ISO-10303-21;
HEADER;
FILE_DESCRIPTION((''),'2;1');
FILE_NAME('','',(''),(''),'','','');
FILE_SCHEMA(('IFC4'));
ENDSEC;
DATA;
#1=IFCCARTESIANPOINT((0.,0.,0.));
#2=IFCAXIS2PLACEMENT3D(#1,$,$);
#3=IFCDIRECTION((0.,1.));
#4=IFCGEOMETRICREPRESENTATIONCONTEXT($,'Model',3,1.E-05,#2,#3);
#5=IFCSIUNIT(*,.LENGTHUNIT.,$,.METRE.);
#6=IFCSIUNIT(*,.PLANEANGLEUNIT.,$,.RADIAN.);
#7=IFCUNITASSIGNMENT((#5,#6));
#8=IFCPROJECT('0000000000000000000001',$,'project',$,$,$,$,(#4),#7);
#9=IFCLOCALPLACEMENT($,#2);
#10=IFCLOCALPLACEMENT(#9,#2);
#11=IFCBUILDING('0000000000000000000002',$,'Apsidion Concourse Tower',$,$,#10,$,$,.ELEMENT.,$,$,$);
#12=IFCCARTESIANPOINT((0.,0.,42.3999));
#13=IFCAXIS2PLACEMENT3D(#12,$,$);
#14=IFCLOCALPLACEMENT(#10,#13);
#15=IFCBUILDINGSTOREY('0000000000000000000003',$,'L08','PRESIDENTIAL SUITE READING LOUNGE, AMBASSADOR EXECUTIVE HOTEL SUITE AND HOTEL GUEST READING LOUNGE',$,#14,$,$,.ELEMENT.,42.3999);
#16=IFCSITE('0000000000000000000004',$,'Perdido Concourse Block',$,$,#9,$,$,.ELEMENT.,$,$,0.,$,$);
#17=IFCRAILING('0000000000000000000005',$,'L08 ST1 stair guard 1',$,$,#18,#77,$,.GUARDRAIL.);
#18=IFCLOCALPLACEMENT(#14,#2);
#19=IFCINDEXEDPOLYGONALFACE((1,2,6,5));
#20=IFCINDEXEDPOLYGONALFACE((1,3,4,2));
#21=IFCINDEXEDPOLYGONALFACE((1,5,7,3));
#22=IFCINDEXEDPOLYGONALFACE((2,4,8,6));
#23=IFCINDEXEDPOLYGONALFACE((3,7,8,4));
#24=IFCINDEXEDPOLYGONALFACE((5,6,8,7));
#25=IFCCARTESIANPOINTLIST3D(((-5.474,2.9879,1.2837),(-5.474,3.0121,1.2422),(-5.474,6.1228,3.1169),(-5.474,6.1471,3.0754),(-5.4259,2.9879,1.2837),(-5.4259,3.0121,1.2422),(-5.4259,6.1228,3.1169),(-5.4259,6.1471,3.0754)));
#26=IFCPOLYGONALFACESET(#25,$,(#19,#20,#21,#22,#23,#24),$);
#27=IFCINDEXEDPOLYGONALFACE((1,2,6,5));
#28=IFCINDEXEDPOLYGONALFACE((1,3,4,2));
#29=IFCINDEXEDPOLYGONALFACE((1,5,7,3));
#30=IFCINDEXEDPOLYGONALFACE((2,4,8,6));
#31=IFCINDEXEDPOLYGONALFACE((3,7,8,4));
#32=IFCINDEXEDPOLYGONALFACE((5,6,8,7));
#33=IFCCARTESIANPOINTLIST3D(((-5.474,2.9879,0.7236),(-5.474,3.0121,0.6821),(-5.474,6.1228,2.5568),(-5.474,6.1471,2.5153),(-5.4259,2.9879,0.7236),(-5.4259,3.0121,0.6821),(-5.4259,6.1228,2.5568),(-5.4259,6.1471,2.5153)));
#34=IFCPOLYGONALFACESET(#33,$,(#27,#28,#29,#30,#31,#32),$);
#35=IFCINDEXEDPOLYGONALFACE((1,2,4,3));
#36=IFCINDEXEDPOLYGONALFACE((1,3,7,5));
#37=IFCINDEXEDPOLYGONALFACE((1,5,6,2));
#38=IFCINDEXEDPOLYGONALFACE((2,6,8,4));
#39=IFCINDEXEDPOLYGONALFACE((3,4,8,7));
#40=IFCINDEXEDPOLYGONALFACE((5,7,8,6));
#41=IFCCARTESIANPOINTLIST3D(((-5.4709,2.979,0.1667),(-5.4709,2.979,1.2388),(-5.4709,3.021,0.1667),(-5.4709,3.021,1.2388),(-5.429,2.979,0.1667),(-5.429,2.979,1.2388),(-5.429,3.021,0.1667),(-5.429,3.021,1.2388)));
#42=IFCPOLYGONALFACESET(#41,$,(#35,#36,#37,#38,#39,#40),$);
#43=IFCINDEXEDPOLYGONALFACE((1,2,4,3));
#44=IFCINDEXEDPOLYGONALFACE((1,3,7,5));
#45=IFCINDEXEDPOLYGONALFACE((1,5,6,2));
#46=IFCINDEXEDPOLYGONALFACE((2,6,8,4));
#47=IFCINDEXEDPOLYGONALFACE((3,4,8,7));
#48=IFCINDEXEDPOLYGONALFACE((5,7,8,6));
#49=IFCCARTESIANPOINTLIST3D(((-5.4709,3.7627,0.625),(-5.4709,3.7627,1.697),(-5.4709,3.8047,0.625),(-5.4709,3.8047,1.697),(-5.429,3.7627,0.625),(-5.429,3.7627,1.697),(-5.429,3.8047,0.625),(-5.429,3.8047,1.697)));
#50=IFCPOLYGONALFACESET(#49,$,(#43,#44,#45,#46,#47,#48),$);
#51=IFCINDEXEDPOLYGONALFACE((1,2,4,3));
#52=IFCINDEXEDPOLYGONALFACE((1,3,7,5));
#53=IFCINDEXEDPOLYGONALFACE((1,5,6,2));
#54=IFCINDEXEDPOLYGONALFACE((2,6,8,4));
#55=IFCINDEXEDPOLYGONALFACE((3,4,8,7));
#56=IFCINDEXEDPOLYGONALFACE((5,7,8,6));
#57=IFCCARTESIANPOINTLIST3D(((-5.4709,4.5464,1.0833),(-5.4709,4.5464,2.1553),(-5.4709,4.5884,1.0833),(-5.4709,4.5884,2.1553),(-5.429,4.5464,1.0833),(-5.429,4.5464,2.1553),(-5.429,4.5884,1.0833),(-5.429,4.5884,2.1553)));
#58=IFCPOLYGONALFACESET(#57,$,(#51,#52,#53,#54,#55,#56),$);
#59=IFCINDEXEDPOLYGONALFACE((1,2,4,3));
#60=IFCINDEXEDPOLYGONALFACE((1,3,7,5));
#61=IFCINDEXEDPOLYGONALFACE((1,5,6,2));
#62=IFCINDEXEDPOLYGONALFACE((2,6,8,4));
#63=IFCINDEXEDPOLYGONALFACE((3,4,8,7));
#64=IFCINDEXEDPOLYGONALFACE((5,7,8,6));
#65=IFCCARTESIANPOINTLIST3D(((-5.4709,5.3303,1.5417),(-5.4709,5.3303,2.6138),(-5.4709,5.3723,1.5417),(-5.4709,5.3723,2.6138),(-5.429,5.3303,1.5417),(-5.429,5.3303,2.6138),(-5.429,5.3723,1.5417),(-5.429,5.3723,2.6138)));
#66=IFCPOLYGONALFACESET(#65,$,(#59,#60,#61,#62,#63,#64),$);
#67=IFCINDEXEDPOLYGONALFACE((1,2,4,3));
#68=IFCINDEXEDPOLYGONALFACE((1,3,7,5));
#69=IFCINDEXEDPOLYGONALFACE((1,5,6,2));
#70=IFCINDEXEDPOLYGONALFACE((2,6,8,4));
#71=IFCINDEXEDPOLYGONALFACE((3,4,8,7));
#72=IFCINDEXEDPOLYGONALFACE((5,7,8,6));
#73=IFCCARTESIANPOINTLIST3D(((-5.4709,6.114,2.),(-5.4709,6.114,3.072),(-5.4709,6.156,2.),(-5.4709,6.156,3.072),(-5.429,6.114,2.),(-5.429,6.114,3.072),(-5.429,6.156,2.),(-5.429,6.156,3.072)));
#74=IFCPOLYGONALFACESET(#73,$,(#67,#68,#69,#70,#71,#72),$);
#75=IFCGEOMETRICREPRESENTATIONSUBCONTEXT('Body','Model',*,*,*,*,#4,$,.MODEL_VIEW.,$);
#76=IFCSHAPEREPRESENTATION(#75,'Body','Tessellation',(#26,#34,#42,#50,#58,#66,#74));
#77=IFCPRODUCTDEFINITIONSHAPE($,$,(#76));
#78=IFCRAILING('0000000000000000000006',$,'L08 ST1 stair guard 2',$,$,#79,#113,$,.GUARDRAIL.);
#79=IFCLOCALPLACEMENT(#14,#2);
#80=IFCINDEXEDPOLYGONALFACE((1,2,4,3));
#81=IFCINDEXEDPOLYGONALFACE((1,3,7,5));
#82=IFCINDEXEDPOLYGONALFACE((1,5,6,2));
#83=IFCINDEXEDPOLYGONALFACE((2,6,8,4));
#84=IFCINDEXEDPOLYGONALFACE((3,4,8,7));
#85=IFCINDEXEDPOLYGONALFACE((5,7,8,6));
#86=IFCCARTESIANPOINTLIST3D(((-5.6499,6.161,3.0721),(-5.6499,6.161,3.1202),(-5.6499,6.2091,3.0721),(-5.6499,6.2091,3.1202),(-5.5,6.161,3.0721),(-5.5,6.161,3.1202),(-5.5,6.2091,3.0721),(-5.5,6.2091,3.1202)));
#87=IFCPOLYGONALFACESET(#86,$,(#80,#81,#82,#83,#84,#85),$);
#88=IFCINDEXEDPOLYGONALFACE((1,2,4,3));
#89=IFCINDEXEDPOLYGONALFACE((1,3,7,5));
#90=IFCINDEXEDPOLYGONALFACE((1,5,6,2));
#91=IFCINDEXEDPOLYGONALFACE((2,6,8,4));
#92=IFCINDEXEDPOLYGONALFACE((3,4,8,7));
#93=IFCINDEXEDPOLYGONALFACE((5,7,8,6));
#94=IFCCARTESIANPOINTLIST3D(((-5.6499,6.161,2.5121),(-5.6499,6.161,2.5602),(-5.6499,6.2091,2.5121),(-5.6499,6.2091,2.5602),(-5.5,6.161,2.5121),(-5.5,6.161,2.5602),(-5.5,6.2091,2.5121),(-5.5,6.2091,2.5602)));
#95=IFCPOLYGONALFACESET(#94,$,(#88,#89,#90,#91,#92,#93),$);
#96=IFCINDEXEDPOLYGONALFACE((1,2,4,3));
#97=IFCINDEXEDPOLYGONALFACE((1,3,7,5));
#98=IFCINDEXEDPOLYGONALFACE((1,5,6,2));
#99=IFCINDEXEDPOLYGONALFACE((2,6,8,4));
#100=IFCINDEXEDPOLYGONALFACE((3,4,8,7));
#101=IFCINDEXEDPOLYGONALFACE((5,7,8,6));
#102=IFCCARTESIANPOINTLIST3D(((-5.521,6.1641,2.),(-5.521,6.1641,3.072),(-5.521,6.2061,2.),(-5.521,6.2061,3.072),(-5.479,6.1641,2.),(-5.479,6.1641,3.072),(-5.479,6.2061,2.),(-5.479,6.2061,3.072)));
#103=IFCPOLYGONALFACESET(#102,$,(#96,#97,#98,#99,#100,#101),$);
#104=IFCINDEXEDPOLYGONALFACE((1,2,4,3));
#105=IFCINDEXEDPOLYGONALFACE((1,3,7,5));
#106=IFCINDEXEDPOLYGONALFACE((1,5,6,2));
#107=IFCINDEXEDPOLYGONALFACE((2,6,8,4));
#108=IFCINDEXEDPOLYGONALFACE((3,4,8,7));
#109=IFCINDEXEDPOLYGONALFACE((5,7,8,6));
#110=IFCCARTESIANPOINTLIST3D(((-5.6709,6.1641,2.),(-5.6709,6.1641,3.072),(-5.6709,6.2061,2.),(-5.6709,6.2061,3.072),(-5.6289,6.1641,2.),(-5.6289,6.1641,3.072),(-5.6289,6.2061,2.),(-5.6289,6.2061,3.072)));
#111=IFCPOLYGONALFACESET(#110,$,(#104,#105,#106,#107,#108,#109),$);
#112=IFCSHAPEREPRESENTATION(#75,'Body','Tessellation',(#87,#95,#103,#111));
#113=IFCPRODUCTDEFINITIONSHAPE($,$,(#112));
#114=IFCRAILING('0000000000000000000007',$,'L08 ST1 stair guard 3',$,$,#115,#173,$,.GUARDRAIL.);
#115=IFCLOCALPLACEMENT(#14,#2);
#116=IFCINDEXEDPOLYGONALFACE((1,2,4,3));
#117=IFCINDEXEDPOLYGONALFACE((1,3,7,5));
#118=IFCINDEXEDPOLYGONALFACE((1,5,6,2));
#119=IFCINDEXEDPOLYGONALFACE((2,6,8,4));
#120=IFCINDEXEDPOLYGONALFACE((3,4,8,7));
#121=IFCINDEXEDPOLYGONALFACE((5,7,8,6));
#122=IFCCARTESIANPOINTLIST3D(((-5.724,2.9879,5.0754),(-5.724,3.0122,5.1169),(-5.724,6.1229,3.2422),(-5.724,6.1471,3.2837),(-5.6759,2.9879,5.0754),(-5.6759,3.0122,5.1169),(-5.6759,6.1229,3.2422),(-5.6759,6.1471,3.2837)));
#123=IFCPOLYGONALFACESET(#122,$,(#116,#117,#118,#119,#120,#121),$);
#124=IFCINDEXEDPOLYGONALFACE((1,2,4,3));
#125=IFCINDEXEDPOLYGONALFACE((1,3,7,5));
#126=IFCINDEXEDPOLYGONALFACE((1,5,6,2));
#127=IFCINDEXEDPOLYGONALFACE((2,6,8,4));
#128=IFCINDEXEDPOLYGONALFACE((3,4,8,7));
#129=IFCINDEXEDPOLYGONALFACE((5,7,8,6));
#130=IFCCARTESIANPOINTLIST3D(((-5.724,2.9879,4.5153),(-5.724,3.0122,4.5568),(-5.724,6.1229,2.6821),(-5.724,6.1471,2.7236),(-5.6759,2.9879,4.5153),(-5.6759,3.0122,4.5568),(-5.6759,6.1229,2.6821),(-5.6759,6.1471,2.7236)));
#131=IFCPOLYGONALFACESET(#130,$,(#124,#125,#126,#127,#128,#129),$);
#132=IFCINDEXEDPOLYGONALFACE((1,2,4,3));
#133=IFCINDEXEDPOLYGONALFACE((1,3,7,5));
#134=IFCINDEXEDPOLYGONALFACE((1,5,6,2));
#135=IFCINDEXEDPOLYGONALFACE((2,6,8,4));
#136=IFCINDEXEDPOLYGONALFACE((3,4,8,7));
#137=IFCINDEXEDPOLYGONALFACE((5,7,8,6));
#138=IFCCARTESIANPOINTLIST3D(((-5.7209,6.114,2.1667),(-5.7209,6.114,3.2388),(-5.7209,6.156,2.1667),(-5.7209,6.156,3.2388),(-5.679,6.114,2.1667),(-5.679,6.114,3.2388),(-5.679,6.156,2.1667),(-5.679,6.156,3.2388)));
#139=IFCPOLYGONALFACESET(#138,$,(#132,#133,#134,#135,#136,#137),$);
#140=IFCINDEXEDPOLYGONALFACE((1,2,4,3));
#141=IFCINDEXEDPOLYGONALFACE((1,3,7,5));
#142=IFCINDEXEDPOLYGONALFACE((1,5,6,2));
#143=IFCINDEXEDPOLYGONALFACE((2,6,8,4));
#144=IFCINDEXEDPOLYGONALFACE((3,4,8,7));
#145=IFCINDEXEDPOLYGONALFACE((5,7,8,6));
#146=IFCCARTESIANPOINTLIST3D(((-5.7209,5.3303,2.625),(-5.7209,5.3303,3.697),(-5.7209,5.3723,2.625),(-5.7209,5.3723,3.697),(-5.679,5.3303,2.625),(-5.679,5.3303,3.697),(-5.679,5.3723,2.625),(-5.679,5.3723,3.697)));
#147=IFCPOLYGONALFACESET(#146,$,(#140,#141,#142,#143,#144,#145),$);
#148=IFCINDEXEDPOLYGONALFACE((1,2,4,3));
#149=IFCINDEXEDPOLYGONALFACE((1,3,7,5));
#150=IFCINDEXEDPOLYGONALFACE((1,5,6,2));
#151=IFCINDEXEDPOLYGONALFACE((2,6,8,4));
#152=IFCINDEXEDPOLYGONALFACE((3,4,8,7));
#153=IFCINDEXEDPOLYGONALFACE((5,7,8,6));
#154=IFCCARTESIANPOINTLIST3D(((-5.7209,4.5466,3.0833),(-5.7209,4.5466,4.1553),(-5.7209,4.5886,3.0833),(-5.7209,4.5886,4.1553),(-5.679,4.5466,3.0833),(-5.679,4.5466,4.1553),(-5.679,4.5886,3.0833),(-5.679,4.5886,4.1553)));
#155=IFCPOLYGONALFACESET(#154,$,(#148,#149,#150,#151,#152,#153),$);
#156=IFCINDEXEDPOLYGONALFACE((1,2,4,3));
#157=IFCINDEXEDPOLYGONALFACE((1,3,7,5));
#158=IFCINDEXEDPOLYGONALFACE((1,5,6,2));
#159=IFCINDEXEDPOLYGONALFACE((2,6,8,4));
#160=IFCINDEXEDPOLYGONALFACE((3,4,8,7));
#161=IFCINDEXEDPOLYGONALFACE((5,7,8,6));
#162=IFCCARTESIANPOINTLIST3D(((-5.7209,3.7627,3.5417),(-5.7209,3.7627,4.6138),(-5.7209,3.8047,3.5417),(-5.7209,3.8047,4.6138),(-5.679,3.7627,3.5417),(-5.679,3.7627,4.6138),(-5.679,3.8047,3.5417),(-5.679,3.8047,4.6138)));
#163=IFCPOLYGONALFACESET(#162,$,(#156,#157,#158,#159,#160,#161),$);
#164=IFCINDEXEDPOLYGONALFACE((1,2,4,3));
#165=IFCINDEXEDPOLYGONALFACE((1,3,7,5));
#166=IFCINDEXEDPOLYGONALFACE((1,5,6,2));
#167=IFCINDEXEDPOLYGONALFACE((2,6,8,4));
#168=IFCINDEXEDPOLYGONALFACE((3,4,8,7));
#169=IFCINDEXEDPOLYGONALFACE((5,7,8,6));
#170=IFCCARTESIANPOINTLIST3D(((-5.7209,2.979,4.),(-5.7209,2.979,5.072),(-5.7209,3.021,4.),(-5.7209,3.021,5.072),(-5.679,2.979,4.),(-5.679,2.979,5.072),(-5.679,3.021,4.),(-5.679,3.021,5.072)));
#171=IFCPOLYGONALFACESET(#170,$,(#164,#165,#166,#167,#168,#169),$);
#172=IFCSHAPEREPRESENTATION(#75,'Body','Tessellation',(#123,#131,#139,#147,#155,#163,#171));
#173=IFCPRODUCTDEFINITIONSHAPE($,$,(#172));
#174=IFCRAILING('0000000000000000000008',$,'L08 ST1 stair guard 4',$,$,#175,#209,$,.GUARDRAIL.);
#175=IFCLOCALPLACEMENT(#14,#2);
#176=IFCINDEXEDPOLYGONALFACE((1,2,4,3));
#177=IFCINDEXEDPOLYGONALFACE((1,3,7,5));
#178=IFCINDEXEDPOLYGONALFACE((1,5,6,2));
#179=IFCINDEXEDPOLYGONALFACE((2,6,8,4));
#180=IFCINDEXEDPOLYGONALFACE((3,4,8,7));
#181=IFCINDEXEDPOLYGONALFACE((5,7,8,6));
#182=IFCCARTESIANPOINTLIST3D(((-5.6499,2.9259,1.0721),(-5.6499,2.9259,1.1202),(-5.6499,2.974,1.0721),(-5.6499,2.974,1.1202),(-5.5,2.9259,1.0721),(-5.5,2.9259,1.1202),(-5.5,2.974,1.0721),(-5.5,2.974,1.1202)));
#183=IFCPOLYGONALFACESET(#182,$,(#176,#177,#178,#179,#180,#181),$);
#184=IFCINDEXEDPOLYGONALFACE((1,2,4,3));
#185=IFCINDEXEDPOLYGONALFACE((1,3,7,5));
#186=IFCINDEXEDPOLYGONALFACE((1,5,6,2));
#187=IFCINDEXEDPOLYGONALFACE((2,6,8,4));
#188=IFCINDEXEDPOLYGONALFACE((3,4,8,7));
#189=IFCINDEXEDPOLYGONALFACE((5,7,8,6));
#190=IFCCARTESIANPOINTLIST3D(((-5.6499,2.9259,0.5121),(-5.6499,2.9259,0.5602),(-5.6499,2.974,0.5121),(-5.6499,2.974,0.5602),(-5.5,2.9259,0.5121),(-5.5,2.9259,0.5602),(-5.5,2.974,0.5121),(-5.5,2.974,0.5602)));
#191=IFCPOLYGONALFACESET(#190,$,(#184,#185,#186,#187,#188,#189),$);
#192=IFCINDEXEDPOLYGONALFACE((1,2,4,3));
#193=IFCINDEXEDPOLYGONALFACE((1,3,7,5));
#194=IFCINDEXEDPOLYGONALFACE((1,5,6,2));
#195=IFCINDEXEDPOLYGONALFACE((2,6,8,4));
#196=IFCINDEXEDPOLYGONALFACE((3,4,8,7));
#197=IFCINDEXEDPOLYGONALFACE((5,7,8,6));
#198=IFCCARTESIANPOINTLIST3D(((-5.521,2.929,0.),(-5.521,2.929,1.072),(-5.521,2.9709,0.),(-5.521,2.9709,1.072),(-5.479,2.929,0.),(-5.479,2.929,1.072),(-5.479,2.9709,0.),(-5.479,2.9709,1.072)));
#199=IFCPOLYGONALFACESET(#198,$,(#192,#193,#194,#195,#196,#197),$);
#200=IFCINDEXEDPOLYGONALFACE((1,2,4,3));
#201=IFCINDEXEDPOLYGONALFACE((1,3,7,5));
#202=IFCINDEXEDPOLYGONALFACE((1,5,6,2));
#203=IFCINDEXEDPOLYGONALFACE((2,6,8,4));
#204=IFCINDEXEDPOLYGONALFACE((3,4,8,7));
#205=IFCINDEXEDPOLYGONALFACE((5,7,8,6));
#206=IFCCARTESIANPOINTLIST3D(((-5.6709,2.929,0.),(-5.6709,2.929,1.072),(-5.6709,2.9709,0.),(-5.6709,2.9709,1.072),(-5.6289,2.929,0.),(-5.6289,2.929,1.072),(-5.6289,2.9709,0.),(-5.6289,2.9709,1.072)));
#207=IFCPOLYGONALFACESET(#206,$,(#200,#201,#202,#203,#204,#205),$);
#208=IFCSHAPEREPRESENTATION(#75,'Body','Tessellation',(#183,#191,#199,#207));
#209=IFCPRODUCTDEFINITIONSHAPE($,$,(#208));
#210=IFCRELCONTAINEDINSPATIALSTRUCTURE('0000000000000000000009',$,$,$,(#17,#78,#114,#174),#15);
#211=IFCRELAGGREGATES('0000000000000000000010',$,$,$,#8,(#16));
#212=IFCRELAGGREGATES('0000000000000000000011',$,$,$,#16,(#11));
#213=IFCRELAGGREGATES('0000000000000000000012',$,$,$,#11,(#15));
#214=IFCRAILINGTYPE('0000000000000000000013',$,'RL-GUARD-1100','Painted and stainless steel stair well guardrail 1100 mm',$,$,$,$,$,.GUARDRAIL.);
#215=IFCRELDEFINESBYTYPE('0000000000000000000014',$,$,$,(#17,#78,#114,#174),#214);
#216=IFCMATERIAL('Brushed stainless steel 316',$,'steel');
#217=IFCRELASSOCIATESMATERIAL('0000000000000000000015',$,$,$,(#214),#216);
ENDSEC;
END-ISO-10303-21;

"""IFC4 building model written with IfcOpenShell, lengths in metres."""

from ifc_helpers import new_model, si_unit, direction, frame, origin, origin_2d, place, context, subcontext, project, spatial, rectangle, extrude, material, type_object, element, save


model = new_model("IFC4")

# Units and contexts
model_context = context("Model", 3, precision=1e-05, world=origin(), true_north=direction((0.0, 1.0)))
body_context = subcontext(model_context, "Body", "Model", "MODEL_VIEW")
ifc_project = project(units=[si_unit("LENGTHUNIT", "METRE"), si_unit("PLANEANGLEUNIT", "RADIAN")], contexts=[model_context])

# Site, building, storey
site_placement = place(None, origin())
site = spatial("IfcSite", under=ifc_project, at=site_placement, Name="Perdido Concourse Block", CompositionType="ELEMENT", RefElevation=0.0)
building_placement = place(site_placement, origin())
building = spatial("IfcBuilding", under=site, at=building_placement, Name="Apsidion Concourse Tower", CompositionType="ELEMENT")
storey_placement = place(building_placement, frame((0.0, 0.0, 42.3999)))
storey = spatial("IfcBuildingStorey", under=building, at=storey_placement, Name="L08", Description="PRESIDENTIAL SUITE READING LOUNGE, AMBASSADOR EXECUTIVE HOTEL SUITE AND HOTEL GUEST READING LOUNGE", CompositionType="ELEMENT", Elevation=42.3999)

# Railings
ifc_material_1 = material(Name="Brushed stainless steel 316", Category="steel")
railing_type_1 = type_object("IfcRailingType", Name="RL-GUARD-1100", Description="Painted and stainless steel stair well guardrail 1100 mm", PredefinedType="GUARDRAIL", material=ifc_material_1)
railing_1_placement = place(storey_placement, frame((-5.45, 3.0, 0.1667)))
element("IfcRailing", 1, at=railing_1_placement, inside=storey, type_object=railing_type_1, Name="L08 ST1 stair guard 1", PredefinedType="GUARDRAIL", context=body_context, shape_type="SweptSolid", body=[
    extrude(rectangle(XDim=0.0481, YDim=0.0481, at=origin_2d()), frame((0.0, 0.0, 1.0962), z_axis=(0.0, 0.86324, 0.504794), x_axis=(-1.0, 0.0, 0.0)), (0.0, 0.0, 1.0), 3.6316),
    extrude(rectangle(XDim=0.0481, YDim=0.0481, at=origin_2d()), frame((0.0, 0.0, 0.5361), z_axis=(0.0, 0.86324, 0.504794), x_axis=(-1.0, 0.0, 0.0)), (0.0, 0.0, 1.0), 3.6316),
    extrude(rectangle(XDim=0.042, YDim=0.042, at=origin_2d()), origin(), (0.0, 0.0, 1.0), 1.072),
    extrude(rectangle(XDim=0.042, YDim=0.042, at=origin_2d()), frame((0.0, 0.7837, 0.4583)), (0.0, 0.0, 1.0), 1.072),
    extrude(rectangle(XDim=0.042, YDim=0.042, at=origin_2d()), frame((0.0, 1.5674, 0.9165)), (0.0, 0.0, 1.0), 1.072),
    extrude(rectangle(XDim=0.042, YDim=0.042, at=origin_2d()), frame((0.0, 2.3513, 1.375)), (0.0, 0.0, 1.0), 1.072),
    extrude(rectangle(XDim=0.042, YDim=0.042, at=origin_2d()), frame((0.0, 3.135, 1.8333)), (0.0, 0.0, 1.0), 1.072),
])
railing_2_placement = place(storey_placement, frame((-5.5, 6.1851, 2.0)))
element("IfcRailing", 2, at=railing_2_placement, inside=storey, type_object=railing_type_1, Name="L08 ST1 stair guard 2", PredefinedType="GUARDRAIL", context=body_context, shape_type="SweptSolid", body=[
    extrude(rectangle(XDim=0.0481, YDim=0.0481, at=origin_2d()), frame((0.0, 0.0, 1.0962), z_axis=(-1.0, 0.0, 0.0), x_axis=(0.0, -1.0, 0.0)), (0.0, 0.0, 1.0), 0.1499),
    extrude(rectangle(XDim=0.0481, YDim=0.0481, at=origin_2d()), frame((0.0, 0.0, 0.5361), z_axis=(-1.0, 0.0, 0.0), x_axis=(0.0, -1.0, 0.0)), (0.0, 0.0, 1.0), 0.1499),
    extrude(rectangle(XDim=0.042, YDim=0.042, at=origin_2d()), origin(), (0.0, 0.0, 1.0), 1.072),
    extrude(rectangle(XDim=0.042, YDim=0.042, at=origin_2d()), frame((-0.1499, 0.0, 0.0)), (0.0, 0.0, 1.0), 1.072),
])
railing_3_placement = place(storey_placement, frame((-5.7, 6.135, 2.1667)))
element("IfcRailing", 3, at=railing_3_placement, inside=storey, type_object=railing_type_1, Name="L08 ST1 stair guard 3", PredefinedType="GUARDRAIL", context=body_context, shape_type="SweptSolid", body=[
    extrude(rectangle(XDim=0.0481, YDim=0.0481, at=origin_2d()), frame((0.0, 0.0, 1.0962), z_axis=(0.0, -0.86324, 0.504794), x_axis=(1.0, 0.0, 0.0)), (0.0, 0.0, 1.0), 3.6316),
    extrude(rectangle(XDim=0.0481, YDim=0.0481, at=origin_2d()), frame((0.0, 0.0, 0.5361), z_axis=(0.0, -0.86324, 0.504794), x_axis=(1.0, 0.0, 0.0)), (0.0, 0.0, 1.0), 3.6316),
    extrude(rectangle(XDim=0.042, YDim=0.042, at=origin_2d()), origin(), (0.0, 0.0, 1.0), 1.072),
    extrude(rectangle(XDim=0.042, YDim=0.042, at=origin_2d()), frame((0.0, -0.7837, 0.4583)), (0.0, 0.0, 1.0), 1.072),
    extrude(rectangle(XDim=0.042, YDim=0.042, at=origin_2d()), frame((0.0, -1.5674, 0.9165)), (0.0, 0.0, 1.0), 1.072),
    extrude(rectangle(XDim=0.042, YDim=0.042, at=origin_2d()), frame((0.0, -2.3513, 1.375)), (0.0, 0.0, 1.0), 1.072),
    extrude(rectangle(XDim=0.042, YDim=0.042, at=origin_2d()), frame((0.0, -3.135, 1.8333)), (0.0, 0.0, 1.0), 1.072),
])
railing_4_placement = place(storey_placement, frame((-5.5, 2.95, 0.0)))
element("IfcRailing", 4, at=railing_4_placement, inside=storey, type_object=railing_type_1, Name="L08 ST1 stair guard 4", PredefinedType="GUARDRAIL", context=body_context, shape_type="SweptSolid", body=[
    extrude(rectangle(XDim=0.0481, YDim=0.0481, at=origin_2d()), frame((0.0, 0.0, 1.0962), z_axis=(-1.0, 0.0, 0.0), x_axis=(0.0, -1.0, 0.0)), (0.0, 0.0, 1.0), 0.1499),
    extrude(rectangle(XDim=0.0481, YDim=0.0481, at=origin_2d()), frame((0.0, 0.0, 0.5361), z_axis=(-1.0, 0.0, 0.0), x_axis=(0.0, -1.0, 0.0)), (0.0, 0.0, 1.0), 0.1499),
    extrude(rectangle(XDim=0.042, YDim=0.042, at=origin_2d()), origin(), (0.0, 0.0, 1.0), 1.072),
    extrude(rectangle(XDim=0.042, YDim=0.042, at=origin_2d()), frame((-0.1499, 0.0, 0.0)), (0.0, 0.0, 1.0), 1.072),
])

save(model, "model.ifc")
